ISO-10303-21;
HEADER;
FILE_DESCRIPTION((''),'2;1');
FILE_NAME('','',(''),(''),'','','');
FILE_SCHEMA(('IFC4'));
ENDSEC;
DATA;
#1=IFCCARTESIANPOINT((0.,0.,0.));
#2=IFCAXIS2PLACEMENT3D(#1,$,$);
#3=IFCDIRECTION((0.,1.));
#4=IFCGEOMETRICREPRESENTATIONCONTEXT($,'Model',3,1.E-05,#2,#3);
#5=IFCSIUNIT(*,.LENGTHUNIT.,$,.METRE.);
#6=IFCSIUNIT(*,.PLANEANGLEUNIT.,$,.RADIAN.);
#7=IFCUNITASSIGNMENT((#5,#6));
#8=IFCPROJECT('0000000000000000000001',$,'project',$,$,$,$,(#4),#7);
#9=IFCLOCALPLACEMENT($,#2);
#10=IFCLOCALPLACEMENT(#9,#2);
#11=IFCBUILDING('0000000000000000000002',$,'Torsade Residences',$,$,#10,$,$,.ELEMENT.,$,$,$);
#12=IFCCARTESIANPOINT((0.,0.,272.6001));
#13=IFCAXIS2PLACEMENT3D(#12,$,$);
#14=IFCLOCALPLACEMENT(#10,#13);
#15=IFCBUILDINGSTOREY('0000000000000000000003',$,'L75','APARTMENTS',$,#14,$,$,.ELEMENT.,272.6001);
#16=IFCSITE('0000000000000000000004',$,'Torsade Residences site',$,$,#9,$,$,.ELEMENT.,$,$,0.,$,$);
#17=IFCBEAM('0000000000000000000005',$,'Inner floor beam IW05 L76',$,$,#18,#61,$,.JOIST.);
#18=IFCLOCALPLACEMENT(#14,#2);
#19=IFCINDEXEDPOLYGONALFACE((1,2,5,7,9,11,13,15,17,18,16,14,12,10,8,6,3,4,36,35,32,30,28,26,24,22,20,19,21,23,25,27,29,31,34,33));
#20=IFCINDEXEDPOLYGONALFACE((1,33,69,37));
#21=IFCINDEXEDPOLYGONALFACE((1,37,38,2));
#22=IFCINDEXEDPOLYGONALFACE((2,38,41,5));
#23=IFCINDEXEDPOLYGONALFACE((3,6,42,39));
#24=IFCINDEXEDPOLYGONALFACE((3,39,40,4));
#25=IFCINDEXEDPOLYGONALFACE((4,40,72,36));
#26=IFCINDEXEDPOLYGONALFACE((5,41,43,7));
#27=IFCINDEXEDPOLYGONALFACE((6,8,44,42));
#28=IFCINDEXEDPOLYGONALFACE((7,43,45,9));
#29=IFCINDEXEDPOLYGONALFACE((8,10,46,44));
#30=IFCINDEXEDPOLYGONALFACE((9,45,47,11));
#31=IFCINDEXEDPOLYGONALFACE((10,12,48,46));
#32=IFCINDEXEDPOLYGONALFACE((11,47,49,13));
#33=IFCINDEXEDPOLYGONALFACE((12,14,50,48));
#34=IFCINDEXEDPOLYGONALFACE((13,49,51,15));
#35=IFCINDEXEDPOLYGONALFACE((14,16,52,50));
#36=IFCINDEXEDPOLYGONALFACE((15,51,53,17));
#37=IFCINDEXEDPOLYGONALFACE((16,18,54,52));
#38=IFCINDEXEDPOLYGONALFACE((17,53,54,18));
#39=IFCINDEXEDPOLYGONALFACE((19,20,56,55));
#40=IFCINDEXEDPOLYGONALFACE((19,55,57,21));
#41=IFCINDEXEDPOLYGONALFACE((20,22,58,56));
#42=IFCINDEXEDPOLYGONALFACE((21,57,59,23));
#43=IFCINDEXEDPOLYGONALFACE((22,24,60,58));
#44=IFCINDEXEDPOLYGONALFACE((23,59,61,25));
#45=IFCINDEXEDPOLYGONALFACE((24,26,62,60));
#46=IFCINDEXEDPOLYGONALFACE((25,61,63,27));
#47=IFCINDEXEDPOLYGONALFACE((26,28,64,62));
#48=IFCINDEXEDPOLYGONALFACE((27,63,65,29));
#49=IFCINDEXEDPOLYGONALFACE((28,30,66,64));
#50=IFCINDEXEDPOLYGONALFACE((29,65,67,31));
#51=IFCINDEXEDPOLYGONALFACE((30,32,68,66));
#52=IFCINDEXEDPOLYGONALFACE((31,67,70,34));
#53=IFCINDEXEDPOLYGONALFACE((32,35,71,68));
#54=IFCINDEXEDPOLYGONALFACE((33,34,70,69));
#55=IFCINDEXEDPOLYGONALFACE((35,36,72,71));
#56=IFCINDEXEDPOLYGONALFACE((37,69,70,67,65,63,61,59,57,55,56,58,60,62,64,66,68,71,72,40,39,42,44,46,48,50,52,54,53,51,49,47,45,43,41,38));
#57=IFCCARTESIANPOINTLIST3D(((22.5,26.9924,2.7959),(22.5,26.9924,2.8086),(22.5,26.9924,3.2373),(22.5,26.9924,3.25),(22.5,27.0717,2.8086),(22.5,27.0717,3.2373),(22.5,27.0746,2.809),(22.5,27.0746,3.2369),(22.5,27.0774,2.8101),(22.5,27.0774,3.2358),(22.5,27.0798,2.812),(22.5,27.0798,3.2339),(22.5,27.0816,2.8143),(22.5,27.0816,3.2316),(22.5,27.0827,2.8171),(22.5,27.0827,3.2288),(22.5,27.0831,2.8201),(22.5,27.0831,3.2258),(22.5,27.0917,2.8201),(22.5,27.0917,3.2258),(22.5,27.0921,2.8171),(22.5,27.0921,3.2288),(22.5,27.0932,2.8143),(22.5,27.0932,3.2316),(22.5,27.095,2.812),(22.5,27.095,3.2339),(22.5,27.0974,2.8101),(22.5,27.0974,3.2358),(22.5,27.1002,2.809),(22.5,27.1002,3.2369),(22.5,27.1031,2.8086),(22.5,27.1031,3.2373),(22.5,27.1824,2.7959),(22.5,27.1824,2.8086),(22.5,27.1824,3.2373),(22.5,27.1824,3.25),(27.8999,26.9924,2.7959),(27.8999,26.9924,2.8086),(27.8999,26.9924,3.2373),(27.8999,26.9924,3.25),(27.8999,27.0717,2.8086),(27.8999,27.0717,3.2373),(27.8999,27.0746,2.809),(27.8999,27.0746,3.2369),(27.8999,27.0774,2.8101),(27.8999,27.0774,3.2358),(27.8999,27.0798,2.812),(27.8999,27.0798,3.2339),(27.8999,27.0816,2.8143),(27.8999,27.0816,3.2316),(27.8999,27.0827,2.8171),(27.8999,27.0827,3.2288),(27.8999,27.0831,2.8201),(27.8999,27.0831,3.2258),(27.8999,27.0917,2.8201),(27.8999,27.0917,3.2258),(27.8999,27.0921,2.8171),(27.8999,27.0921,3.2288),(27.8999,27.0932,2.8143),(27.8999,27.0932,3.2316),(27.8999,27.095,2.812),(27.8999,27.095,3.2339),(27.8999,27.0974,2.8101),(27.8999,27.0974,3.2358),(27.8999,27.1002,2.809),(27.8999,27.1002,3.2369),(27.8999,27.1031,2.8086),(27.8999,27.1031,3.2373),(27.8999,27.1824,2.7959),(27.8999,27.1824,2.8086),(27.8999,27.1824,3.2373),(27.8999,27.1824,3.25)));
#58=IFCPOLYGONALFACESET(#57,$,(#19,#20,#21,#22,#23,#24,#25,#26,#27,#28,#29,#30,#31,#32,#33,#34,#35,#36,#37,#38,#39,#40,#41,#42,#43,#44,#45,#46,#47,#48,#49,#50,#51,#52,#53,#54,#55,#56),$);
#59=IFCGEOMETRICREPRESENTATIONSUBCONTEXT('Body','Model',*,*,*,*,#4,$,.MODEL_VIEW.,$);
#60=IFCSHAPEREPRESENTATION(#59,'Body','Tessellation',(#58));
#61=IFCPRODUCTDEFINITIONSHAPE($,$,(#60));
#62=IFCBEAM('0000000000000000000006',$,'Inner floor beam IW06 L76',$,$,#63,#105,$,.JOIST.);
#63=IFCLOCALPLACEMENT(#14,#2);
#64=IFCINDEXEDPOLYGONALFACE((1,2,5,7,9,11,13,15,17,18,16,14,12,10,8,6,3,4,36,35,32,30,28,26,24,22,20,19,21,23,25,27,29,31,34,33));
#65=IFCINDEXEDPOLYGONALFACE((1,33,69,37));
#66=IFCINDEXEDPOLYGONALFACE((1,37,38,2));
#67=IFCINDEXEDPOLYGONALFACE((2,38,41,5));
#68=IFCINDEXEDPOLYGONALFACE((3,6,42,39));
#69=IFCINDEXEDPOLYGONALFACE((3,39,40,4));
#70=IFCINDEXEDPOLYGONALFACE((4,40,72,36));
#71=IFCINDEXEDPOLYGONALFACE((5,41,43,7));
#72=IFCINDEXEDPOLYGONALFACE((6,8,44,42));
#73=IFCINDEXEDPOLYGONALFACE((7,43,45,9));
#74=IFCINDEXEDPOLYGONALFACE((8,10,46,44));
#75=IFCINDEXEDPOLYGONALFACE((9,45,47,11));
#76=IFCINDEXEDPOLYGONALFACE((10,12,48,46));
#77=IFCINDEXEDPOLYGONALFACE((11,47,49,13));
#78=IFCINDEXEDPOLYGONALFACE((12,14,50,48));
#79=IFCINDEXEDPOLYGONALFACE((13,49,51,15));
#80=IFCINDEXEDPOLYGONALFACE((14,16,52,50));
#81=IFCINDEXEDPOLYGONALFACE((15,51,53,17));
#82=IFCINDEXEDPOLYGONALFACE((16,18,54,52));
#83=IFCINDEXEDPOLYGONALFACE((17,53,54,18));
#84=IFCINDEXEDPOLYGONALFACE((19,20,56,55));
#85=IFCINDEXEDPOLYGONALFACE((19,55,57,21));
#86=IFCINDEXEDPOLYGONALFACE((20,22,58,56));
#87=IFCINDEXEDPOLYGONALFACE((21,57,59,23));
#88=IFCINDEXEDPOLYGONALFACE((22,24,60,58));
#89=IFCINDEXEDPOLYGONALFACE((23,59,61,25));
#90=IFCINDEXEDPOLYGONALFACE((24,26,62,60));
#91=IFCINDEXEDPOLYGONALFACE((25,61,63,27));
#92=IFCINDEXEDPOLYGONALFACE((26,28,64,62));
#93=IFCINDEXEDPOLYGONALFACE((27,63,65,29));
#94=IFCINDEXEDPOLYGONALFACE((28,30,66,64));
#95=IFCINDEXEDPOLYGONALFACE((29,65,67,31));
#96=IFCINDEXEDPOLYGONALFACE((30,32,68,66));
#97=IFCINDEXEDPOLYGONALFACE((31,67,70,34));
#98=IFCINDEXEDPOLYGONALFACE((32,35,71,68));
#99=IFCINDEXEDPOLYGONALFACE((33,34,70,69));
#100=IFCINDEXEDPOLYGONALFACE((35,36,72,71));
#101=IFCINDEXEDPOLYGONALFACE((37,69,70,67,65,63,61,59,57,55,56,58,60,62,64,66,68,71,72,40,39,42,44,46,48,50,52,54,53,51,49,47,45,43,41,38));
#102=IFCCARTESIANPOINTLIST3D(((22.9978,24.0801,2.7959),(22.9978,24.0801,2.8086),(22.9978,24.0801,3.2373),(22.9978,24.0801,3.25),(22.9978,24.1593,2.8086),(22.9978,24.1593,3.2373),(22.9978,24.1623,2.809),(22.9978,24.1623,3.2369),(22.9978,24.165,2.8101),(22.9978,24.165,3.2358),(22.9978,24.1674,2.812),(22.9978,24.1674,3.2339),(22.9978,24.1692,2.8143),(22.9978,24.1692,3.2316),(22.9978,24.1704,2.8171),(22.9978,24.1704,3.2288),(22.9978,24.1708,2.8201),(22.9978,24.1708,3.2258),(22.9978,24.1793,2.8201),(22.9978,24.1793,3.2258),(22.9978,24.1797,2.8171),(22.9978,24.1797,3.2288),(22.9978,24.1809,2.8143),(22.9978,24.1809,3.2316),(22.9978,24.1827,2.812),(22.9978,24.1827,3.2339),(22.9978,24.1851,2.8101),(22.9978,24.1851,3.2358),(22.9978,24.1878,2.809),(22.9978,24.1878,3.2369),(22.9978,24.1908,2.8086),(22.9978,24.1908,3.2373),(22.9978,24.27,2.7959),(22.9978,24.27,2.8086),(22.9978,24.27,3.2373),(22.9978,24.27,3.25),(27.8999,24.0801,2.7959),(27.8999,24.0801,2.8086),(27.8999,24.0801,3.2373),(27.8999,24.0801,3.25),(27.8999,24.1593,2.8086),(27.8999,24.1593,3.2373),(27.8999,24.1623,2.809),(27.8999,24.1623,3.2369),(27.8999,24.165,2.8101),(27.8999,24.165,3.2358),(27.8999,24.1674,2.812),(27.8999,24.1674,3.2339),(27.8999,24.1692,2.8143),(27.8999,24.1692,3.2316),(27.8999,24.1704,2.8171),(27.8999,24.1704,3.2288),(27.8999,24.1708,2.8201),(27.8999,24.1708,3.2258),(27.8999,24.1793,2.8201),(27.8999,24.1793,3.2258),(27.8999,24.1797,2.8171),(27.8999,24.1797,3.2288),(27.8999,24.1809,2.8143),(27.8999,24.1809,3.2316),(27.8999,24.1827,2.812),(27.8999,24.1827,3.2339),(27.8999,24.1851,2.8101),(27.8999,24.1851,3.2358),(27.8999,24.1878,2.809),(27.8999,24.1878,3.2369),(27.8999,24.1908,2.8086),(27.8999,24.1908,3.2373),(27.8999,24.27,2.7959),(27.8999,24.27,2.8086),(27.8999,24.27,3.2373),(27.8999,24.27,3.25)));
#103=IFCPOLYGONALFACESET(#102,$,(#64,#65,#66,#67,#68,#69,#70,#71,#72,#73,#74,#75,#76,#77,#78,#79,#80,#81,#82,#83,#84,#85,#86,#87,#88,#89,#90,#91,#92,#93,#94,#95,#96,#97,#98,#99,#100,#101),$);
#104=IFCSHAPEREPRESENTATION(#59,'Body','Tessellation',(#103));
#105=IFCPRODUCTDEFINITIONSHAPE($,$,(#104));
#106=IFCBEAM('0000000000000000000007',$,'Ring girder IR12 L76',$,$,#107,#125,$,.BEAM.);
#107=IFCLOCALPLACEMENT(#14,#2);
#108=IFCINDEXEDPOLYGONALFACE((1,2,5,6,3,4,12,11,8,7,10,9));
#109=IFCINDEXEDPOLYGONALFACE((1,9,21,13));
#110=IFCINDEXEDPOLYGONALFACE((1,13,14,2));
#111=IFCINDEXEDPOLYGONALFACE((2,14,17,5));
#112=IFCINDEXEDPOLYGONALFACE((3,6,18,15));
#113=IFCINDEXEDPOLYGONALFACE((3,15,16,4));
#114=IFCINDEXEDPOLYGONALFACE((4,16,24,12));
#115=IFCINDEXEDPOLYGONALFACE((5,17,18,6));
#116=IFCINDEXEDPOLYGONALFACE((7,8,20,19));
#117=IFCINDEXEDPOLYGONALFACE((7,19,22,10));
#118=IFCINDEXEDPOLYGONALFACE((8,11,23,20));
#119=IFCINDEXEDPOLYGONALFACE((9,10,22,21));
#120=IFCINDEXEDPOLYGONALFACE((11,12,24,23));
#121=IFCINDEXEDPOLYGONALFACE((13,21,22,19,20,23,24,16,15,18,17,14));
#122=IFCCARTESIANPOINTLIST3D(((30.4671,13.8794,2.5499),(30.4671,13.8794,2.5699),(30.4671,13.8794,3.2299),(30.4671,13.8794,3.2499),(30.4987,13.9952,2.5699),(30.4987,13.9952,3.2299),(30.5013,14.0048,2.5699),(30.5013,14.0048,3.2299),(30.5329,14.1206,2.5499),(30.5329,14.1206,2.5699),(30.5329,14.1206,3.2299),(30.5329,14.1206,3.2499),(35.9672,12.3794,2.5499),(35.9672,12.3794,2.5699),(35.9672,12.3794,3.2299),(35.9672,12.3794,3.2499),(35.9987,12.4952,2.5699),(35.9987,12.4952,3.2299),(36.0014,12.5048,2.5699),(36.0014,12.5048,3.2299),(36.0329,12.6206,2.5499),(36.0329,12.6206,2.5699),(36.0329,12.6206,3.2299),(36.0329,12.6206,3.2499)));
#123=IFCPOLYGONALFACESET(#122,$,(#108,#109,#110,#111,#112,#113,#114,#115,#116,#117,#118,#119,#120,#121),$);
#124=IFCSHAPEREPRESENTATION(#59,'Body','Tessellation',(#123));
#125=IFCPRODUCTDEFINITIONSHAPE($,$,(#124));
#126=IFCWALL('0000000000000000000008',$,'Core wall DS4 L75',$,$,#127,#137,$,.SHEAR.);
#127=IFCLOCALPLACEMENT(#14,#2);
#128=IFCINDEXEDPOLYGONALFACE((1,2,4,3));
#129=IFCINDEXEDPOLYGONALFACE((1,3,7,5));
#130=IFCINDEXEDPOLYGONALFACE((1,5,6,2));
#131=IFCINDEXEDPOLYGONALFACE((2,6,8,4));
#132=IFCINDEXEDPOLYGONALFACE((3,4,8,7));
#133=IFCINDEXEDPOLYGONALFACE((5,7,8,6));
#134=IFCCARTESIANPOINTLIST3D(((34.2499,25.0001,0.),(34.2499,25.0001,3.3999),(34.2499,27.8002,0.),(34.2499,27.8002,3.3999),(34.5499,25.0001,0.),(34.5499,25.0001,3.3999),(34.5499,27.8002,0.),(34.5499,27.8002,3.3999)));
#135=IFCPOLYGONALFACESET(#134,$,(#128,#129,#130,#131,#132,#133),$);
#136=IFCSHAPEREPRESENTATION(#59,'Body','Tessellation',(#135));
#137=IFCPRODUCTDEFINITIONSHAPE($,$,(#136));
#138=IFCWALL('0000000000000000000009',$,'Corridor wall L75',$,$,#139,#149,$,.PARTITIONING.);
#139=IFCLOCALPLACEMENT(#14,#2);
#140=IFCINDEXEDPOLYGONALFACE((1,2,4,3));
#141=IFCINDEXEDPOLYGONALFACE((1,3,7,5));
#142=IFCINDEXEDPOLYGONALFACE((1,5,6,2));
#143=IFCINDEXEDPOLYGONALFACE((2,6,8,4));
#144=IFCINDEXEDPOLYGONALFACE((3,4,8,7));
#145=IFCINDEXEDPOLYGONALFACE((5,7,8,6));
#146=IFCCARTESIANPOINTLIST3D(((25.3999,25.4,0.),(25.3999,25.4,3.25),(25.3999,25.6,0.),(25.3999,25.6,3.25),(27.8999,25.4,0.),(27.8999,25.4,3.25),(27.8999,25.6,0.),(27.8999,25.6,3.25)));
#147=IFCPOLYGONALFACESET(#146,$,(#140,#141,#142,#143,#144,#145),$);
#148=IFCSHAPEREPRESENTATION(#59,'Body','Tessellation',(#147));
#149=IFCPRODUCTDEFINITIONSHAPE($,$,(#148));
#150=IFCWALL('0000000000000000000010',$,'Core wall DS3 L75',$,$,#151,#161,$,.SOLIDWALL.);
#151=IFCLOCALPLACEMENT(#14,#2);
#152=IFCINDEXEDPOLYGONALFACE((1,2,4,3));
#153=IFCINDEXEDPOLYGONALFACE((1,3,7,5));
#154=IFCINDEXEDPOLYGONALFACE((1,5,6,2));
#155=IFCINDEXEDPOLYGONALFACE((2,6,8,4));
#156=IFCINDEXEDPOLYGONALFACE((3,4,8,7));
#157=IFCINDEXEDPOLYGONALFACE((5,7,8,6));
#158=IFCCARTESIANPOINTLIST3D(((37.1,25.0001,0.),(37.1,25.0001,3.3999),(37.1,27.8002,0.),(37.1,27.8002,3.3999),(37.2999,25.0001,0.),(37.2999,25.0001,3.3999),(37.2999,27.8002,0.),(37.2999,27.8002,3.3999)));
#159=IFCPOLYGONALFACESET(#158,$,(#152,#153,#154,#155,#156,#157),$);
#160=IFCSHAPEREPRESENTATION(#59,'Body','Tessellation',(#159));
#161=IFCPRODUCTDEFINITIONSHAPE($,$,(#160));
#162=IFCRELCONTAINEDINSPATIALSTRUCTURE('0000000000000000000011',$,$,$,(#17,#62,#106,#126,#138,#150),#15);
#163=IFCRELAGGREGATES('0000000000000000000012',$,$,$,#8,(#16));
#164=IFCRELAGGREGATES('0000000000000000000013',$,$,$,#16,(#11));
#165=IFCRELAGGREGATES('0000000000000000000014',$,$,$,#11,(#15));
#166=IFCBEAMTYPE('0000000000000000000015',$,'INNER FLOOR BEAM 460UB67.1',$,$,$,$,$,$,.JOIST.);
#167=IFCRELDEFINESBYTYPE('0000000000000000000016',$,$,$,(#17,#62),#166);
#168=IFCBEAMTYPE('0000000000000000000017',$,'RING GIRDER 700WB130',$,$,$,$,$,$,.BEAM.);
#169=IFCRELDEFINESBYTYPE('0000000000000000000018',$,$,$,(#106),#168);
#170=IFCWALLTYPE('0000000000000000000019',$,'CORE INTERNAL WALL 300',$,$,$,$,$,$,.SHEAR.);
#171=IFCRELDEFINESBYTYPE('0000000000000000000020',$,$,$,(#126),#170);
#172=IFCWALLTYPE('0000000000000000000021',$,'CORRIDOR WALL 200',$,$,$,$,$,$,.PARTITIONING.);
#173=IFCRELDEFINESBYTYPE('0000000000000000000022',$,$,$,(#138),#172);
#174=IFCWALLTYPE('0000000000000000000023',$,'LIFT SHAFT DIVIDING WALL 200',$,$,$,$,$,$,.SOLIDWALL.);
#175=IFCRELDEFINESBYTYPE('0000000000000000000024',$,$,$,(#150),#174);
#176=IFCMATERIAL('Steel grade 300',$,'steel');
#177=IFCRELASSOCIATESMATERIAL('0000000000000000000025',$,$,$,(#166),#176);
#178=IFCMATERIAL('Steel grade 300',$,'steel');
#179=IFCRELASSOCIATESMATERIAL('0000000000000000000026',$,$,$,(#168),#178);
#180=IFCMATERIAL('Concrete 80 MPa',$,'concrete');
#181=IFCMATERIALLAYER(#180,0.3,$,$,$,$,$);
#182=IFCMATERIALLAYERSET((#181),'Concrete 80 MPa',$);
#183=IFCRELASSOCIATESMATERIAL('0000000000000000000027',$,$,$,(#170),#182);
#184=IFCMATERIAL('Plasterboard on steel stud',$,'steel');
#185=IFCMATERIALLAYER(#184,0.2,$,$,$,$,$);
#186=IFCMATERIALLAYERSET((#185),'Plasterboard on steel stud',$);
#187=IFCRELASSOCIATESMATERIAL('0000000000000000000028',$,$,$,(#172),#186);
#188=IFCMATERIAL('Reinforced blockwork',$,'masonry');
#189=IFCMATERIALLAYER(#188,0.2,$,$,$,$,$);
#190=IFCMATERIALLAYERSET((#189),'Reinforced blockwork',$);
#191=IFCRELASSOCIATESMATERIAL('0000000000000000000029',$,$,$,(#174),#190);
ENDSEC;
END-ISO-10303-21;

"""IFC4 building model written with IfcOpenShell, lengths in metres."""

from ifc_helpers import new_model, si_unit, direction, frame, frame_2d, origin, origin_2d, place, context, subcontext, project, spatial, rectangle, i_section, extrude, material, layer, layer_set, material_profile, profile_set, type_object, element, save


model = new_model("IFC4")

# Units and contexts
model_context = context("Model", 3, precision=1e-05, world=origin(), true_north=direction((0.0, 1.0)))
body_context = subcontext(model_context, "Body", "Model", "MODEL_VIEW")
ifc_project = project(units=[si_unit("LENGTHUNIT", "METRE"), si_unit("PLANEANGLEUNIT", "RADIAN")], contexts=[model_context])

# Site, building, storey
site_placement = place(None, origin())
site = spatial("IfcSite", under=ifc_project, at=site_placement, Name="Torsade Residences site", CompositionType="ELEMENT", RefElevation=0.0)
building_placement = place(site_placement, origin())
building = spatial("IfcBuilding", under=site, at=building_placement, Name="Torsade Residences", CompositionType="ELEMENT")
storey_placement = place(building_placement, frame((0.0, 0.0, 272.6001)))
storey = spatial("IfcBuildingStorey", under=building, at=storey_placement, Name="L75", Description="APARTMENTS", CompositionType="ELEMENT", Elevation=272.6001)

# Beams
ifc_material_1 = material(Name="Steel grade 300", Category="steel")
ifc_material_profile_1 = material_profile(ifc_material_1, i_section(OverallWidth=0.1899, OverallDepth=0.4541, WebThickness=0.0085, FlangeThickness=0.0127, FilletRadius=0.0115, at=origin_2d()), Name="460UB67.1")
ifc_profile_set_1 = profile_set([ifc_material_profile_1], Name="Steel grade 300")
beam_type_1 = type_object("IfcBeamType", Name="INNER FLOOR BEAM 460UB67.1", PredefinedType="JOIST", material=ifc_profile_set_1)
beam_1_placement = place(storey_placement, frame((27.8999, 27.0874, 3.0229), z_axis=(-1.0, 0.0, 0.0), x_axis=(0.0, -1.0, 0.0)))
element("IfcBeam", 1, at=beam_1_placement, inside=storey, type_object=beam_type_1, Name="Inner floor beam IW05 L76", PredefinedType="JOIST", context=body_context, shape_type="SweptSolid", body=[
    extrude(i_section(OverallWidth=0.1899, OverallDepth=0.4541, WebThickness=0.0085, FlangeThickness=0.0127, FilletRadius=0.0115, at=origin_2d()), origin(), (0.0, 0.0, 1.0), 5.3999),
])
beam_2_placement = place(storey_placement, frame((27.8999, 24.175, 3.0229), z_axis=(-1.0, 0.0, 0.0), x_axis=(0.0, -1.0, 0.0)))
element("IfcBeam", 2, at=beam_2_placement, inside=storey, type_object=beam_type_1, Name="Inner floor beam IW06 L76", PredefinedType="JOIST", context=body_context, shape_type="SweptSolid", body=[
    extrude(i_section(OverallWidth=0.1899, OverallDepth=0.4541, WebThickness=0.0085, FlangeThickness=0.0127, FilletRadius=0.0115, at=origin_2d()), origin(), (0.0, 0.0, 1.0), 4.9021),
])
ifc_material_2 = material(Name="Steel grade 300", Category="steel")
ifc_material_profile_2 = material_profile(ifc_material_2, i_section(OverallWidth=0.25, OverallDepth=0.7, WebThickness=0.01, FlangeThickness=0.02, at=origin_2d()), Name="700WB130")
ifc_profile_set_2 = profile_set([ifc_material_profile_2], Name="Steel grade 300")
beam_type_2 = type_object("IfcBeamType", Name="RING GIRDER 700WB130", PredefinedType="BEAM", material=ifc_profile_set_2)
beam_3_placement = place(storey_placement, frame((30.5, 14.0, 2.8999), z_axis=(0.964764, -0.263117, 0.0), x_axis=(0.263117, 0.964764, 0.0)))
element("IfcBeam", 3, at=beam_3_placement, inside=storey, type_object=beam_type_2, Name="Ring girder IR12 L76", PredefinedType="BEAM", context=body_context, shape_type="SweptSolid", body=[
    extrude(i_section(OverallWidth=0.25, OverallDepth=0.7, WebThickness=0.01, FlangeThickness=0.02, at=origin_2d()), origin(), (0.0, 0.0, 1.0), 5.7009),
])

# Walls
ifc_material_3 = material(Name="Concrete 80 MPa", Category="concrete")
ifc_layer_1 = layer(ifc_material_3, 0.3)
ifc_layer_set_1 = layer_set([ifc_layer_1], Name="Concrete 80 MPa")
wall_type_1 = type_object("IfcWallType", Name="CORE INTERNAL WALL 300", PredefinedType="SHEAR", material=ifc_layer_set_1)
wall_1_placement = place(storey_placement, frame((34.3999, 27.8, 0.0), z_axis=(0.0, 0.0, 1.0), x_axis=(0.0, -1.0, 0.0)))
element("IfcWall", 4, at=wall_1_placement, inside=storey, type_object=wall_type_1, Name="Core wall DS4 L75", PredefinedType="SHEAR", context=body_context, shape_type="SweptSolid", body=[
    extrude(rectangle(XDim=2.8, YDim=0.3, at=frame_2d((1.3999, 0.0))), origin(), (0.0, 0.0, 1.0), 3.3999),
])
ifc_material_4 = material(Name="Plasterboard on steel stud", Category="steel")
ifc_layer_2 = layer(ifc_material_4, 0.2)
ifc_layer_set_2 = layer_set([ifc_layer_2], Name="Plasterboard on steel stud")
wall_type_2 = type_object("IfcWallType", Name="CORRIDOR WALL 200", PredefinedType="PARTITIONING", material=ifc_layer_set_2)
wall_2_placement = place(storey_placement, frame((27.8999, 25.5, 0.0), z_axis=(0.0, 0.0, 1.0), x_axis=(-1.0, 0.0, 0.0)))
element("IfcWall", 5, at=wall_2_placement, inside=storey, type_object=wall_type_2, Name="Corridor wall L75", PredefinedType="PARTITIONING", context=body_context, shape_type="SweptSolid", body=[
    extrude(rectangle(XDim=2.5, YDim=0.2, at=frame_2d((1.25, 0.0))), origin(), (0.0, 0.0, 1.0), 3.25),
])
ifc_material_5 = material(Name="Reinforced blockwork", Category="masonry")
ifc_layer_3 = layer(ifc_material_5, 0.2)
ifc_layer_set_3 = layer_set([ifc_layer_3], Name="Reinforced blockwork")
wall_type_3 = type_object("IfcWallType", Name="LIFT SHAFT DIVIDING WALL 200", PredefinedType="SOLIDWALL", material=ifc_layer_set_3)
wall_3_placement = place(storey_placement, frame((37.2, 27.8, 0.0), z_axis=(0.0, 0.0, 1.0), x_axis=(0.0, -1.0, 0.0)))
element("IfcWall", 6, at=wall_3_placement, inside=storey, type_object=wall_type_3, Name="Core wall DS3 L75", PredefinedType="SOLIDWALL", context=body_context, shape_type="SweptSolid", body=[
    extrude(rectangle(XDim=2.8, YDim=0.2, at=frame_2d((1.3999, 0.0))), origin(), (0.0, 0.0, 1.0), 3.3999),
])

save(model, "model.ifc")
